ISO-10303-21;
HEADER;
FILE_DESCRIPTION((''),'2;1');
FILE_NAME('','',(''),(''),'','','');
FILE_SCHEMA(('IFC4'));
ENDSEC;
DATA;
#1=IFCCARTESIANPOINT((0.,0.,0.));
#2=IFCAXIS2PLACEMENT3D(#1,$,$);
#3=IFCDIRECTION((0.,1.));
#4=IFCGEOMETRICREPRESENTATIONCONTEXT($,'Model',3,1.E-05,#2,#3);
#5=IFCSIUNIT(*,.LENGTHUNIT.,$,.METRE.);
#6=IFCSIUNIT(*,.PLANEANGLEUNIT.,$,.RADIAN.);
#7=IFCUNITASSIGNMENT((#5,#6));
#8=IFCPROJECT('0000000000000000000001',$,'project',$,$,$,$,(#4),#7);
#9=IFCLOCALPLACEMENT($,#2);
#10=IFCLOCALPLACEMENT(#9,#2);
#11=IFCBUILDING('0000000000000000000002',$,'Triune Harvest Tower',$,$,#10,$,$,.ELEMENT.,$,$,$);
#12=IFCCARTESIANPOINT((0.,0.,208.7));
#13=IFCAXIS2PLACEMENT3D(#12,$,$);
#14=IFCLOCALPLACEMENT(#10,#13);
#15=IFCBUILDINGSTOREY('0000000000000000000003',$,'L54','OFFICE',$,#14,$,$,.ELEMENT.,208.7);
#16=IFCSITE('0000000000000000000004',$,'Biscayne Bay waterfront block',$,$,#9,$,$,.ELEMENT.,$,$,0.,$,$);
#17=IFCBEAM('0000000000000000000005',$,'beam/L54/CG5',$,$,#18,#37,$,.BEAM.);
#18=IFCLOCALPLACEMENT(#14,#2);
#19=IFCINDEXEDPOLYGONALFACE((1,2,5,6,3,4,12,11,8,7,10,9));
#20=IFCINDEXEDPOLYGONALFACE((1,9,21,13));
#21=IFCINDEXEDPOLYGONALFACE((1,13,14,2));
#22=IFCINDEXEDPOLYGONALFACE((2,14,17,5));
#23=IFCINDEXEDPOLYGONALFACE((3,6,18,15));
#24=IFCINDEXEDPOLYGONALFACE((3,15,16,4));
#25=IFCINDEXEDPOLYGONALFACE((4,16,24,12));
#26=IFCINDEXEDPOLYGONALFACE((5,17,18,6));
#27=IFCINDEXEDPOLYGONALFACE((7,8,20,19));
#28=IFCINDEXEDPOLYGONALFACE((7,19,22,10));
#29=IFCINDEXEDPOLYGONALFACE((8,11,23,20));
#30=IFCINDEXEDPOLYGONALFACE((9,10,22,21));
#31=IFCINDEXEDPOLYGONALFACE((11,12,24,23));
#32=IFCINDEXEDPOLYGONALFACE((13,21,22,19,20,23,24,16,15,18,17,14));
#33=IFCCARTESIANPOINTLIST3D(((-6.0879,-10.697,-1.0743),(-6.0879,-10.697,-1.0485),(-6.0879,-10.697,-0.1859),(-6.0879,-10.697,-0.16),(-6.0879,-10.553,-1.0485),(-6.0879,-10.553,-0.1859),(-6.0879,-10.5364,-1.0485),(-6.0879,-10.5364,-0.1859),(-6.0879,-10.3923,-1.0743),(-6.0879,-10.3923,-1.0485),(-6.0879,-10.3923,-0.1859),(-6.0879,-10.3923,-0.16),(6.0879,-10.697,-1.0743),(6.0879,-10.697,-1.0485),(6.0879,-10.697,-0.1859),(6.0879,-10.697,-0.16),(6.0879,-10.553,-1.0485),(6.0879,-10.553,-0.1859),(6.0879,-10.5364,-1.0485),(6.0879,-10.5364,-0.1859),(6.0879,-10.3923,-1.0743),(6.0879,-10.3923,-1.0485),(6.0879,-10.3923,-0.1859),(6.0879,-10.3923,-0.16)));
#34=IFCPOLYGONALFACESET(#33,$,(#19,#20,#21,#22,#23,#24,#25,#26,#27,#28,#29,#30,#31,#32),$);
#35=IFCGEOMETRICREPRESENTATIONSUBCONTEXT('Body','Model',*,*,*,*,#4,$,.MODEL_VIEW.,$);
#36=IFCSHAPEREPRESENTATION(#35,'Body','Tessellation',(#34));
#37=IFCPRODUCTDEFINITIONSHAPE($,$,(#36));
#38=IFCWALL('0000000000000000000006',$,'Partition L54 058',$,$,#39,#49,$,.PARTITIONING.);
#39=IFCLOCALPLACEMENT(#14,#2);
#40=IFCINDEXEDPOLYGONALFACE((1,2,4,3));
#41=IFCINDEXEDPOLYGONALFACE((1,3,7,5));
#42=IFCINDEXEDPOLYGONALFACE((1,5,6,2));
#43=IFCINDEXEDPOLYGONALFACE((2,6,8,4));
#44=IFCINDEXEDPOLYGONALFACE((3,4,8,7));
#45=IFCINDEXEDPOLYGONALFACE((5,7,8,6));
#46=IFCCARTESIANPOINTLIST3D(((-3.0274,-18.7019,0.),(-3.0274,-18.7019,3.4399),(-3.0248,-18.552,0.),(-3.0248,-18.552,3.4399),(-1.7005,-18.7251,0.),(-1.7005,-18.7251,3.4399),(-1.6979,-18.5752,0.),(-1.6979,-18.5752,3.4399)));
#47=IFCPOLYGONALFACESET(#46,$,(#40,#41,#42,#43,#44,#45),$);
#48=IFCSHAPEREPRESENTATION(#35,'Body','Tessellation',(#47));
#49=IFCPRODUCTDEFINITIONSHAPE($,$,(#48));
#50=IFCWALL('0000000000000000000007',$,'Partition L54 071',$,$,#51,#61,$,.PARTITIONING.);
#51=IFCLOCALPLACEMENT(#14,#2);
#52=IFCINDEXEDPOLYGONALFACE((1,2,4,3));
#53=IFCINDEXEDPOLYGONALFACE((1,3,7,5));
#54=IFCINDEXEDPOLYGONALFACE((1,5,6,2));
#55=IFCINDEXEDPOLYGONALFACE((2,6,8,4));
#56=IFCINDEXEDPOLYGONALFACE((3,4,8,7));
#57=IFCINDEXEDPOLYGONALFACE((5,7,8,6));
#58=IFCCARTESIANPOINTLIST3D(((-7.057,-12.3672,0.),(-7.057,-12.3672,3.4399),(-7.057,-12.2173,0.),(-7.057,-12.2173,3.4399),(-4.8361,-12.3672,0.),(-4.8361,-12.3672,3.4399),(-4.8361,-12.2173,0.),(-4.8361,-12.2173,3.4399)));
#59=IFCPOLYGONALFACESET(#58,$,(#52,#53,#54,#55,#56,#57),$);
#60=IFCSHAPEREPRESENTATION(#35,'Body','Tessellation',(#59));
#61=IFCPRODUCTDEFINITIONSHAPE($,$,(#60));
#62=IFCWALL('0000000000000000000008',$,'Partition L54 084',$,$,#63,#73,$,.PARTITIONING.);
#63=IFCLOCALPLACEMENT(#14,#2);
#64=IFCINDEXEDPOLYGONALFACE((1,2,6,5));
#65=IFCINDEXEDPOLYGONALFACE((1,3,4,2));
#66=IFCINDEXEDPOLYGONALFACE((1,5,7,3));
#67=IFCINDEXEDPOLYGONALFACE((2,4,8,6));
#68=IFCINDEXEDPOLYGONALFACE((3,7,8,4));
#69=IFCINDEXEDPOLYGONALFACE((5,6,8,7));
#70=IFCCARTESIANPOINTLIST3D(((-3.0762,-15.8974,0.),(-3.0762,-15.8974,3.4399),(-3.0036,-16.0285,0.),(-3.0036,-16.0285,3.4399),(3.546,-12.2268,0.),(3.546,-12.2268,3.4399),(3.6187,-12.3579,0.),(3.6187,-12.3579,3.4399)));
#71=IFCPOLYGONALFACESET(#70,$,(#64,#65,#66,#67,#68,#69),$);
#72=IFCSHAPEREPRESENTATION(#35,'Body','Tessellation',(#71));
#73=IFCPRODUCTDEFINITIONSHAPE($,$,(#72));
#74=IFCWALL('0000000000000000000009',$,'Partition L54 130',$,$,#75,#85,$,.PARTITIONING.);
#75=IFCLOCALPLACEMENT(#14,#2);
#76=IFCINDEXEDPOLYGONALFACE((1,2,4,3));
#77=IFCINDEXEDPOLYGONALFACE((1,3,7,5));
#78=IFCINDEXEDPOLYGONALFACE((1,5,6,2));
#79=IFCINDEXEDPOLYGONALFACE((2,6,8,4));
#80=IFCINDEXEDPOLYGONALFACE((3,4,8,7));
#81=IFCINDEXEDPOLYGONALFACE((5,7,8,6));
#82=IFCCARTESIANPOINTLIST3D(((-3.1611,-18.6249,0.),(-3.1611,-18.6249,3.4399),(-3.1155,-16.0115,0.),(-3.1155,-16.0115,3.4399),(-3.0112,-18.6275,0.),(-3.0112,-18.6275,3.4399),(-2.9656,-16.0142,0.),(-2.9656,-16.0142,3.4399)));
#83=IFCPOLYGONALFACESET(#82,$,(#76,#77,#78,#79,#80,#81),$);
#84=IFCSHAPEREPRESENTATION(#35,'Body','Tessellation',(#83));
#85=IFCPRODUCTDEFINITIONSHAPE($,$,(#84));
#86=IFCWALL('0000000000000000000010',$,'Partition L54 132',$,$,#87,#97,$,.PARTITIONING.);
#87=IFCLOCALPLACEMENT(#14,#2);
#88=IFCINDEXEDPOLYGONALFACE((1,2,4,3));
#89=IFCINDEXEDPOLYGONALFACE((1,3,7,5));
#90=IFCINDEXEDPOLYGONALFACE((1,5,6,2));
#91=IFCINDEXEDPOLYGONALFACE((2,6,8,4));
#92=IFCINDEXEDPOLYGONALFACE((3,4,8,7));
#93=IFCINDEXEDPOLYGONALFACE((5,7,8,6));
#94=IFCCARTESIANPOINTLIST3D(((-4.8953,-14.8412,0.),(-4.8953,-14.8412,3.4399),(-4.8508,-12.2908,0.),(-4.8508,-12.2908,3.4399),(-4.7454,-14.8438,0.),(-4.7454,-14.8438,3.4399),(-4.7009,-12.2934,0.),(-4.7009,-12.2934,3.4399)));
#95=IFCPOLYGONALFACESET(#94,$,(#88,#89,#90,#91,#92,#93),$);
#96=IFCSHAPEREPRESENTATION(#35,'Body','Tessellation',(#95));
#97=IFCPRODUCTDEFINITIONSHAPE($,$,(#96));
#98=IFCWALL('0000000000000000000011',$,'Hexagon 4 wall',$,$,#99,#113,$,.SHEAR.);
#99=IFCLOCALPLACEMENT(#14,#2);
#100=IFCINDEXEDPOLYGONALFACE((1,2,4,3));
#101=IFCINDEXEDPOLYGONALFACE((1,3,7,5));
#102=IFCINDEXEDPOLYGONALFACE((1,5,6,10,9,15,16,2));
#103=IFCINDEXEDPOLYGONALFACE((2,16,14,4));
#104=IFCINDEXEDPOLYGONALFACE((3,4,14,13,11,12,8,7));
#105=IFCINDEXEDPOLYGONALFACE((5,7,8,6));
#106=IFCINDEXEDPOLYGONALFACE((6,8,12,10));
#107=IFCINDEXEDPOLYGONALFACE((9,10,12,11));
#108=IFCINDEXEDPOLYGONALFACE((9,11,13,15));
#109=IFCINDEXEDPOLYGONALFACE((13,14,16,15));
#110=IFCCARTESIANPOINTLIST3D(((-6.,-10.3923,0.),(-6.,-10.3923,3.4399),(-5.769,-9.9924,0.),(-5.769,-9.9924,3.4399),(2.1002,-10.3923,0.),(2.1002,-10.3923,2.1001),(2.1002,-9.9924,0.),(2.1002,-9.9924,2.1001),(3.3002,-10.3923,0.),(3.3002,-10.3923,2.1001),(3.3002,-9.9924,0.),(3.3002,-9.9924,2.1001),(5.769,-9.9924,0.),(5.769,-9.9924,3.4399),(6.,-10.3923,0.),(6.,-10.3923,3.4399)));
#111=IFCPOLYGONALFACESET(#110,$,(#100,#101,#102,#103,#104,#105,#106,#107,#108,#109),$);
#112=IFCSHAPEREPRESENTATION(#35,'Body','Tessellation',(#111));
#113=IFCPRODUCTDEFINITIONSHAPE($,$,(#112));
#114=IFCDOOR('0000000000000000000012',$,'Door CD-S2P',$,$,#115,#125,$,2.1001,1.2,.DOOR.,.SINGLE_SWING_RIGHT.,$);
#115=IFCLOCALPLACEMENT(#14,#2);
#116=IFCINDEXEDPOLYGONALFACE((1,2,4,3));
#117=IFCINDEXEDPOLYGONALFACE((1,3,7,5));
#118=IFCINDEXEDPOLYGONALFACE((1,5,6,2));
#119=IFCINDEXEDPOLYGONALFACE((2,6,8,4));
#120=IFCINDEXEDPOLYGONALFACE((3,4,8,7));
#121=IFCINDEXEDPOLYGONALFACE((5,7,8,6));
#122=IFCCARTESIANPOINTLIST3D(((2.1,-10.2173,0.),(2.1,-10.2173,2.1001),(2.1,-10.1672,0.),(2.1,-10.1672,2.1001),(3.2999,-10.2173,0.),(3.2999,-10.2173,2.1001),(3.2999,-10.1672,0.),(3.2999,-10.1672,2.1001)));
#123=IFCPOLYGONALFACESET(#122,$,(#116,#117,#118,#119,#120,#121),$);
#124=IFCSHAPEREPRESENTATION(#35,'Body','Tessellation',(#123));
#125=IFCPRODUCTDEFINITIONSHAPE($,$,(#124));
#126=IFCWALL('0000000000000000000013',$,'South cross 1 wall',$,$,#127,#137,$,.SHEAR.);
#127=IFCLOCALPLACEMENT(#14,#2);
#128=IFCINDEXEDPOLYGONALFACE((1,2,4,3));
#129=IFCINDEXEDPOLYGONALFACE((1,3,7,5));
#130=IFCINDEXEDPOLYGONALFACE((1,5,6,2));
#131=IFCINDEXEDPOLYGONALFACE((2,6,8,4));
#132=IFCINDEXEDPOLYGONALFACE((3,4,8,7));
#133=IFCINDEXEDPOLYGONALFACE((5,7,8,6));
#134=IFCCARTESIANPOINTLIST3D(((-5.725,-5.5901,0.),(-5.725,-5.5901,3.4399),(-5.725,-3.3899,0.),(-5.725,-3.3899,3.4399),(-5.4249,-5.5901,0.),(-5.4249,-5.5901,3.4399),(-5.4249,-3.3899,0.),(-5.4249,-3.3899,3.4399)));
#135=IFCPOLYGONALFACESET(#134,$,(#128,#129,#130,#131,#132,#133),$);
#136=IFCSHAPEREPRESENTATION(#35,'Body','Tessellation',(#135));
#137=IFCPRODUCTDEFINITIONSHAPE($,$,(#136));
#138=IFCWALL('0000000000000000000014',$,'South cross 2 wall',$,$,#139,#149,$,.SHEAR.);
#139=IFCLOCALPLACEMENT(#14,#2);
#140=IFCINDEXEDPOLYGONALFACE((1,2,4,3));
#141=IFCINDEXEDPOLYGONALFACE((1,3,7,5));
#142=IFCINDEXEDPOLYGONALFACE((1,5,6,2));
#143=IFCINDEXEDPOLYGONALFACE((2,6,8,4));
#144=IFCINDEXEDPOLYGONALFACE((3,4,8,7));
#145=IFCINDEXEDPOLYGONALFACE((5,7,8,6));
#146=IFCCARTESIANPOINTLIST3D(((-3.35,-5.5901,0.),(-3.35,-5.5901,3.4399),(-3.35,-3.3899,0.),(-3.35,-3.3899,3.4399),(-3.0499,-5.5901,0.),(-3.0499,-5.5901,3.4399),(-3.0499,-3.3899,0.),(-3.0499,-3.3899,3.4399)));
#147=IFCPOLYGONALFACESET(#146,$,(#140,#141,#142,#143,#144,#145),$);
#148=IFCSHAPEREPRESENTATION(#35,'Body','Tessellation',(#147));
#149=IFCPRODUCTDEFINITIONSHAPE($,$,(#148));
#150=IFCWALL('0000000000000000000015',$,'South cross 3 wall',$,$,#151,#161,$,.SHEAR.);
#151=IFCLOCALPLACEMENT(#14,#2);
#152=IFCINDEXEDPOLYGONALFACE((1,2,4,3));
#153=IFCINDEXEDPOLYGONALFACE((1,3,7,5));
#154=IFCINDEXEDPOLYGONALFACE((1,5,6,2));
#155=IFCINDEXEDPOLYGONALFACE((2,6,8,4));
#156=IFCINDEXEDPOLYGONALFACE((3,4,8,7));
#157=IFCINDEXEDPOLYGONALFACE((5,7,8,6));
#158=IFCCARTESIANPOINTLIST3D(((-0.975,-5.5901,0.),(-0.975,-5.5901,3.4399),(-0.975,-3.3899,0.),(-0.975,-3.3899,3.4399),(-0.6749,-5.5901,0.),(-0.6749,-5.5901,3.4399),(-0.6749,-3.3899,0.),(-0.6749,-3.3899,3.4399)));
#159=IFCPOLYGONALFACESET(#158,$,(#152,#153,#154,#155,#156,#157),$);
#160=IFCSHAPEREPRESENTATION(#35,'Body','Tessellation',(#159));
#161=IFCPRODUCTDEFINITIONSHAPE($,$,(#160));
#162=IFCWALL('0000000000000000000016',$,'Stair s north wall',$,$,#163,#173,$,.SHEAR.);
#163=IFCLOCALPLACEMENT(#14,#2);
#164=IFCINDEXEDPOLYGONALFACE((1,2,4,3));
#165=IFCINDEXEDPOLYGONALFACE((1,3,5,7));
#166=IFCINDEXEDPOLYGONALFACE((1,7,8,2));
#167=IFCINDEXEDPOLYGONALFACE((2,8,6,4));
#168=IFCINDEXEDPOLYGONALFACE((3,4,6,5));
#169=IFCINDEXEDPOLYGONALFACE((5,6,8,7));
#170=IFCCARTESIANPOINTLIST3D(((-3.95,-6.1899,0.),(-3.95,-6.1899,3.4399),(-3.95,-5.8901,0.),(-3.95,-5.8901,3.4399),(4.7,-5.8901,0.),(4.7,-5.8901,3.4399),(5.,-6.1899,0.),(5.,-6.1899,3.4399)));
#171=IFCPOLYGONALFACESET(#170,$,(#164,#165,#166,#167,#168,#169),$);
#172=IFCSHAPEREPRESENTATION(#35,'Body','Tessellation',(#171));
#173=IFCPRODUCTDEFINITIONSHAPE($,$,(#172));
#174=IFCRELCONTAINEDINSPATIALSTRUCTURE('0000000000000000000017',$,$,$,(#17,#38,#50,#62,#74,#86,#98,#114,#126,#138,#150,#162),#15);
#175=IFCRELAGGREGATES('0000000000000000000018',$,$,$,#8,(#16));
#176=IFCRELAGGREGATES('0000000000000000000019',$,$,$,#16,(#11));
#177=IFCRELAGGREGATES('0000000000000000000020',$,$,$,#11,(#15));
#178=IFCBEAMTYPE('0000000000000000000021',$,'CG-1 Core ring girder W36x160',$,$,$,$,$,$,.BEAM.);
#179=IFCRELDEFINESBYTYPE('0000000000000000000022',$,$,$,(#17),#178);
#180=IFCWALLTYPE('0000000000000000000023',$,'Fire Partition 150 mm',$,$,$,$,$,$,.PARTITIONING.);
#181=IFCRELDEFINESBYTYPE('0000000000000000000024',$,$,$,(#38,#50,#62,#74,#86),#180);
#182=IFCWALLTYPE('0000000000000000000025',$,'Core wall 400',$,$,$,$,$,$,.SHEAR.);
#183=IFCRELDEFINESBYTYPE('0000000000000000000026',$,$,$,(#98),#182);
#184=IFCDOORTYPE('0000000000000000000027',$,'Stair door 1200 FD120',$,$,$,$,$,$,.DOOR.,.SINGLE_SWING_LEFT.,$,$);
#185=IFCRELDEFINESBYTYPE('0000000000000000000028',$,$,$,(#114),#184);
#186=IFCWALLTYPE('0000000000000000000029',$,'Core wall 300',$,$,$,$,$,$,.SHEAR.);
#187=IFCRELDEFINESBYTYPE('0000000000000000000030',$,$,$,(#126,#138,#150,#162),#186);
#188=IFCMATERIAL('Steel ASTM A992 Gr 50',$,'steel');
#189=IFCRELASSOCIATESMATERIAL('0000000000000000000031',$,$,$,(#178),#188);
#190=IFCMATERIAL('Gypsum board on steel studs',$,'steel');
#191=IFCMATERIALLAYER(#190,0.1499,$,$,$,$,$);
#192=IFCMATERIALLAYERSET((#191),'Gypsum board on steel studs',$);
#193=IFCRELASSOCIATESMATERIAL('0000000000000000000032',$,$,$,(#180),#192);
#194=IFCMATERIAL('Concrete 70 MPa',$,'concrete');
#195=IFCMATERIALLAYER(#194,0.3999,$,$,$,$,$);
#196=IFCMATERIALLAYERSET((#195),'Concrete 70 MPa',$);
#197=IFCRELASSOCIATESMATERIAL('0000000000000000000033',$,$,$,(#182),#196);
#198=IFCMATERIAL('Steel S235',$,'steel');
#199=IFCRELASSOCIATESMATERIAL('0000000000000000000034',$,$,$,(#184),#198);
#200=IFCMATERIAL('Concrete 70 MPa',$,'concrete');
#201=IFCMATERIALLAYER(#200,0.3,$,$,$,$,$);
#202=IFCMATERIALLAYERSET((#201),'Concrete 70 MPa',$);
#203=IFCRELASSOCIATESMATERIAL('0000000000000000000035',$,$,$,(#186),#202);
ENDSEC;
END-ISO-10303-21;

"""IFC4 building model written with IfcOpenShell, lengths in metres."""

from ifc_helpers import new_model, si_unit, direction, frame, frame_2d, origin, origin_2d, place, context, subcontext, project, spatial, polyline, rectangle, i_section, outline, extrude, source, transform, mapped, material, layer, layer_set, material_profile, profile_set, type_object, element, fill, save


model = new_model("IFC4")

# Units and contexts
model_context = context("Model", 3, precision=1e-05, world=origin(), true_north=direction((0.0, 1.0)))
body_context = subcontext(model_context, "Body", "Model", "MODEL_VIEW")
ifc_project = project(units=[si_unit("LENGTHUNIT", "METRE"), si_unit("PLANEANGLEUNIT", "RADIAN")], contexts=[model_context])

# Site, building, storey
site_placement = place(None, origin())
site = spatial("IfcSite", under=ifc_project, at=site_placement, Name="Biscayne Bay waterfront block", CompositionType="ELEMENT", RefElevation=0.0)
building_placement = place(site_placement, origin())
building = spatial("IfcBuilding", under=site, at=building_placement, Name="Triune Harvest Tower", CompositionType="ELEMENT")
storey_placement = place(building_placement, frame((0.0, 0.0, 208.7)))
storey = spatial("IfcBuildingStorey", under=building, at=storey_placement, Name="L54", Description="OFFICE", CompositionType="ELEMENT", Elevation=208.7)

# Beam
ifc_material_1 = material(Name="Steel ASTM A992 Gr 50", Category="steel")
ifc_material_profile = material_profile(ifc_material_1, i_section(OverallWidth=0.3047, OverallDepth=0.9143, WebThickness=0.0166, FlangeThickness=0.0259, at=origin_2d()), Name="W36x160")
ifc_profile_set = profile_set([ifc_material_profile], Name="Steel ASTM A992 Gr 50")
beam_type = type_object("IfcBeamType", Name="CG-1 Core ring girder W36x160", PredefinedType="BEAM", material=ifc_profile_set)
shared_shape_1 = source(origin(), body_context, "Body", "SweptSolid", [
    extrude(i_section(OverallWidth=0.3047, OverallDepth=0.9143, WebThickness=0.0166, FlangeThickness=0.0259, at=origin_2d()), origin(), (0.0, 0.0, 1.0), 12.1758),
])
beam_placement = place(storey_placement, frame((-6.0879, -10.5447, -0.6172), z_axis=(1.0, 0.0, 0.0), x_axis=(0.0, 1.0, 0.0)))
element("IfcBeam", 1, at=beam_placement, inside=storey, type_object=beam_type, Name="beam/L54/CG5", PredefinedType="BEAM", context=body_context, shape_type="MappedRepresentation", body=[
    mapped(shared_shape_1, transform((0.0, 0.0, 0.0), scale=1.0)),
])

# Walls
ifc_material_2 = material(Name="Gypsum board on steel studs", Category="steel")
ifc_layer_1 = layer(ifc_material_2, 0.1499)
ifc_layer_set_1 = layer_set([ifc_layer_1], Name="Gypsum board on steel studs")
wall_type_1 = type_object("IfcWallType", Name="Fire Partition 150 mm", PredefinedType="PARTITIONING", material=ifc_layer_set_1)
wall_1_placement = place(storey_placement, frame((-3.0261, -18.627, 0.0), z_axis=(0.0, 0.0, 1.0), x_axis=(0.999847, -0.017477, 0.0)))
element("IfcWall", 2, at=wall_1_placement, inside=storey, type_object=wall_type_1, Name="Partition L54 058", PredefinedType="PARTITIONING", context=body_context, shape_type="SweptSolid", body=[
    extrude(rectangle(XDim=1.3271, YDim=0.1499, at=frame_2d((0.6636, 0.0))), origin(), (0.0, 0.0, 1.0), 3.4399),
])
wall_2_placement = place(storey_placement, frame((-7.0569, -12.2922, 0.0), z_axis=(0.0, 0.0, 1.0), x_axis=(1.0, 0.0, 0.0)))
element("IfcWall", 3, at=wall_2_placement, inside=storey, type_object=wall_type_1, Name="Partition L54 071", PredefinedType="PARTITIONING", context=body_context, shape_type="SweptSolid", body=[
    extrude(rectangle(XDim=2.2209, YDim=0.1499, at=frame_2d((1.1104, 0.0))), origin(), (0.0, 0.0, 1.0), 3.4399),
])
wall_3_placement = place(storey_placement, frame((-3.0398, -15.9629, 0.0), z_axis=(0.0, 0.0, 1.0), x_axis=(0.874628, 0.484794, 0.0)))
element("IfcWall", 4, at=wall_3_placement, inside=storey, type_object=wall_type_1, Name="Partition L54 084", PredefinedType="PARTITIONING", context=body_context, shape_type="SweptSolid", body=[
    extrude(rectangle(XDim=7.5715, YDim=0.1499, at=frame_2d((3.7856, 0.0))), origin(), (0.0, 0.0, 1.0), 3.4399),
])
wall_4_placement = place(storey_placement, frame((-3.0862, -18.6262, 0.0), z_axis=(0.0, 0.0, 1.0), x_axis=(0.017467, 0.999847, 0.0)))
element("IfcWall", 5, at=wall_4_placement, inside=storey, type_object=wall_type_1, Name="Partition L54 130", PredefinedType="PARTITIONING", context=body_context, shape_type="SweptSolid", body=[
    extrude(rectangle(XDim=2.6138, YDim=0.1499, at=frame_2d((1.3069, 0.0))), origin(), (0.0, 0.0, 1.0), 3.4399),
])
wall_5_placement = place(storey_placement, frame((-4.8203, -14.8425, 0.0), z_axis=(0.0, 0.0, 1.0), x_axis=(0.01742, 0.999848, 0.0)))
element("IfcWall", 6, at=wall_5_placement, inside=storey, type_object=wall_type_1, Name="Partition L54 132", PredefinedType="PARTITIONING", context=body_context, shape_type="SweptSolid", body=[
    extrude(rectangle(XDim=2.5508, YDim=0.1499, at=frame_2d((1.2754, 0.0))), origin(), (0.0, 0.0, 1.0), 3.4399),
])

# Wall, opening, door
ifc_material_3 = material(Name="Concrete 70 MPa", Category="concrete")
ifc_layer_2 = layer(ifc_material_3, 0.3999)
ifc_layer_set_2 = layer_set([ifc_layer_2], Name="Concrete 70 MPa")
wall_type_2 = type_object("IfcWallType", Name="Core wall 400", PredefinedType="SHEAR", material=ifc_layer_set_2)
shared_shape_2 = source(origin(), body_context, "Body", "SweptSolid", [
    extrude(outline(polyline([(-0.1155, -0.2), (11.8845, -0.2), (11.6536, 0.2), (0.1155, 0.2), (-0.1155, -0.2)])), origin(), (0.0, 0.0, 1.0), 3.4399),
])
wall_6_placement = place(storey_placement, frame((-5.8845, -10.1924, 0.0), z_axis=(0.0, 0.0, 1.0), x_axis=(1.0, 0.0, 0.0)))
wall_6 = element("IfcWall", 7, at=wall_6_placement, inside=storey, type_object=wall_type_2, Name="Hexagon 4 wall", PredefinedType="SHEAR", context=body_context, shape_type="MappedRepresentation", body=[
    mapped(shared_shape_2, transform((0.0, 0.0, 0.0), scale=1.0)),
])
opening_placement = place(wall_6_placement, frame((7.9846, 0.0, 0.0)))
opening = element("IfcOpeningElement", 8, at=opening_placement, cuts=wall_6, PredefinedType="OPENING", context=body_context, shape_type="SweptSolid", body=[
    extrude(rectangle(XDim=1.2, YDim=2.1001, at=frame_2d((0.6001, 1.05))), frame((0.0, 0.21, 0.0), z_axis=(0.0, -1.0, 0.0), x_axis=(1.0, 0.0, 0.0)), (0.0, 0.0, 1.0), 0.4199),
])
ifc_material_4 = material(Name="Steel S235", Category="steel")
door_type = type_object("IfcDoorType", Name="Stair door 1200 FD120", OperationType="SINGLE_SWING_LEFT", PredefinedType="DOOR", material=ifc_material_4)
door_placement = place(opening_placement, frame((1.2, 0.0, 0.0), z_axis=(0.0, 0.0, 1.0), x_axis=(-1.0, 0.0, 0.0)))
door = element("IfcDoor", 9, at=door_placement, inside=storey, type_object=door_type, Name="Door CD-S2P", OperationType="SINGLE_SWING_RIGHT", OverallHeight=2.1001, OverallWidth=1.2, PredefinedType="DOOR", context=body_context, shape_type="SweptSolid", body=[
    extrude(rectangle(XDim=1.2, YDim=2.1001, at=frame_2d((0.6001, 1.05))), frame((0.0, 0.0249, 0.0), z_axis=(0.0, -1.0, 0.0), x_axis=(1.0, 0.0, 0.0)), (0.0, 0.0, 1.0), 0.05),
])
fill(opening, door)

# Walls
ifc_material_5 = material(Name="Concrete 70 MPa", Category="concrete")
ifc_layer_3 = layer(ifc_material_5, 0.3)
ifc_layer_set_3 = layer_set([ifc_layer_3], Name="Concrete 70 MPa")
wall_type_3 = type_object("IfcWallType", Name="Core wall 300", PredefinedType="SHEAR", material=ifc_layer_set_3)
shared_shape_3 = source(origin(), body_context, "Body", "SweptSolid", [
    extrude(rectangle(XDim=2.2002, YDim=0.3, at=frame_2d((1.1001, 0.0))), origin(), (0.0, 0.0, 1.0), 3.4399),
])
for number, where, z_axis, x_axis, name in (
    (10, (-5.575, -5.5901, 0.0), (0.0, 0.0, 1.0), (0.0, 1.0, 0.0), "South cross 1 wall"),
    (11, (-3.2, -5.5901, 0.0), (0.0, 0.0, 1.0), (0.0, 1.0, 0.0), "South cross 2 wall"),
    (12, (-0.825, -5.5901, 0.0), (0.0, 0.0, 1.0), (0.0, 1.0, 0.0), "South cross 3 wall"),
):
    element("IfcWall", number, at=place(storey_placement, frame(where, z_axis=z_axis, x_axis=x_axis)), inside=storey, type_object=wall_type_3, Name=name, PredefinedType="SHEAR", context=body_context, shape_type="MappedRepresentation", body=[
        mapped(shared_shape_3, transform((0.0, 0.0, 0.0), scale=1.0)),
    ])
shared_shape_4 = source(origin(), body_context, "Body", "SweptSolid", [
    extrude(outline(polyline([(0.0, -0.1499), (8.95, -0.1499), (8.6499, 0.1499), (0.0, 0.1499), (0.0, -0.1499)])), origin(), (0.0, 0.0, 1.0), 3.4399),
])
wall_7_placement = place(storey_placement, frame((-3.95, -6.04, 0.0), z_axis=(0.0, 0.0, 1.0), x_axis=(1.0, 0.0, 0.0)))
element("IfcWall", 13, at=wall_7_placement, inside=storey, type_object=wall_type_3, Name="Stair s north wall", PredefinedType="SHEAR", context=body_context, shape_type="MappedRepresentation", body=[
    mapped(shared_shape_4, transform((0.0, 0.0, 0.0), scale=1.0)),
])

save(model, "model.ifc")
